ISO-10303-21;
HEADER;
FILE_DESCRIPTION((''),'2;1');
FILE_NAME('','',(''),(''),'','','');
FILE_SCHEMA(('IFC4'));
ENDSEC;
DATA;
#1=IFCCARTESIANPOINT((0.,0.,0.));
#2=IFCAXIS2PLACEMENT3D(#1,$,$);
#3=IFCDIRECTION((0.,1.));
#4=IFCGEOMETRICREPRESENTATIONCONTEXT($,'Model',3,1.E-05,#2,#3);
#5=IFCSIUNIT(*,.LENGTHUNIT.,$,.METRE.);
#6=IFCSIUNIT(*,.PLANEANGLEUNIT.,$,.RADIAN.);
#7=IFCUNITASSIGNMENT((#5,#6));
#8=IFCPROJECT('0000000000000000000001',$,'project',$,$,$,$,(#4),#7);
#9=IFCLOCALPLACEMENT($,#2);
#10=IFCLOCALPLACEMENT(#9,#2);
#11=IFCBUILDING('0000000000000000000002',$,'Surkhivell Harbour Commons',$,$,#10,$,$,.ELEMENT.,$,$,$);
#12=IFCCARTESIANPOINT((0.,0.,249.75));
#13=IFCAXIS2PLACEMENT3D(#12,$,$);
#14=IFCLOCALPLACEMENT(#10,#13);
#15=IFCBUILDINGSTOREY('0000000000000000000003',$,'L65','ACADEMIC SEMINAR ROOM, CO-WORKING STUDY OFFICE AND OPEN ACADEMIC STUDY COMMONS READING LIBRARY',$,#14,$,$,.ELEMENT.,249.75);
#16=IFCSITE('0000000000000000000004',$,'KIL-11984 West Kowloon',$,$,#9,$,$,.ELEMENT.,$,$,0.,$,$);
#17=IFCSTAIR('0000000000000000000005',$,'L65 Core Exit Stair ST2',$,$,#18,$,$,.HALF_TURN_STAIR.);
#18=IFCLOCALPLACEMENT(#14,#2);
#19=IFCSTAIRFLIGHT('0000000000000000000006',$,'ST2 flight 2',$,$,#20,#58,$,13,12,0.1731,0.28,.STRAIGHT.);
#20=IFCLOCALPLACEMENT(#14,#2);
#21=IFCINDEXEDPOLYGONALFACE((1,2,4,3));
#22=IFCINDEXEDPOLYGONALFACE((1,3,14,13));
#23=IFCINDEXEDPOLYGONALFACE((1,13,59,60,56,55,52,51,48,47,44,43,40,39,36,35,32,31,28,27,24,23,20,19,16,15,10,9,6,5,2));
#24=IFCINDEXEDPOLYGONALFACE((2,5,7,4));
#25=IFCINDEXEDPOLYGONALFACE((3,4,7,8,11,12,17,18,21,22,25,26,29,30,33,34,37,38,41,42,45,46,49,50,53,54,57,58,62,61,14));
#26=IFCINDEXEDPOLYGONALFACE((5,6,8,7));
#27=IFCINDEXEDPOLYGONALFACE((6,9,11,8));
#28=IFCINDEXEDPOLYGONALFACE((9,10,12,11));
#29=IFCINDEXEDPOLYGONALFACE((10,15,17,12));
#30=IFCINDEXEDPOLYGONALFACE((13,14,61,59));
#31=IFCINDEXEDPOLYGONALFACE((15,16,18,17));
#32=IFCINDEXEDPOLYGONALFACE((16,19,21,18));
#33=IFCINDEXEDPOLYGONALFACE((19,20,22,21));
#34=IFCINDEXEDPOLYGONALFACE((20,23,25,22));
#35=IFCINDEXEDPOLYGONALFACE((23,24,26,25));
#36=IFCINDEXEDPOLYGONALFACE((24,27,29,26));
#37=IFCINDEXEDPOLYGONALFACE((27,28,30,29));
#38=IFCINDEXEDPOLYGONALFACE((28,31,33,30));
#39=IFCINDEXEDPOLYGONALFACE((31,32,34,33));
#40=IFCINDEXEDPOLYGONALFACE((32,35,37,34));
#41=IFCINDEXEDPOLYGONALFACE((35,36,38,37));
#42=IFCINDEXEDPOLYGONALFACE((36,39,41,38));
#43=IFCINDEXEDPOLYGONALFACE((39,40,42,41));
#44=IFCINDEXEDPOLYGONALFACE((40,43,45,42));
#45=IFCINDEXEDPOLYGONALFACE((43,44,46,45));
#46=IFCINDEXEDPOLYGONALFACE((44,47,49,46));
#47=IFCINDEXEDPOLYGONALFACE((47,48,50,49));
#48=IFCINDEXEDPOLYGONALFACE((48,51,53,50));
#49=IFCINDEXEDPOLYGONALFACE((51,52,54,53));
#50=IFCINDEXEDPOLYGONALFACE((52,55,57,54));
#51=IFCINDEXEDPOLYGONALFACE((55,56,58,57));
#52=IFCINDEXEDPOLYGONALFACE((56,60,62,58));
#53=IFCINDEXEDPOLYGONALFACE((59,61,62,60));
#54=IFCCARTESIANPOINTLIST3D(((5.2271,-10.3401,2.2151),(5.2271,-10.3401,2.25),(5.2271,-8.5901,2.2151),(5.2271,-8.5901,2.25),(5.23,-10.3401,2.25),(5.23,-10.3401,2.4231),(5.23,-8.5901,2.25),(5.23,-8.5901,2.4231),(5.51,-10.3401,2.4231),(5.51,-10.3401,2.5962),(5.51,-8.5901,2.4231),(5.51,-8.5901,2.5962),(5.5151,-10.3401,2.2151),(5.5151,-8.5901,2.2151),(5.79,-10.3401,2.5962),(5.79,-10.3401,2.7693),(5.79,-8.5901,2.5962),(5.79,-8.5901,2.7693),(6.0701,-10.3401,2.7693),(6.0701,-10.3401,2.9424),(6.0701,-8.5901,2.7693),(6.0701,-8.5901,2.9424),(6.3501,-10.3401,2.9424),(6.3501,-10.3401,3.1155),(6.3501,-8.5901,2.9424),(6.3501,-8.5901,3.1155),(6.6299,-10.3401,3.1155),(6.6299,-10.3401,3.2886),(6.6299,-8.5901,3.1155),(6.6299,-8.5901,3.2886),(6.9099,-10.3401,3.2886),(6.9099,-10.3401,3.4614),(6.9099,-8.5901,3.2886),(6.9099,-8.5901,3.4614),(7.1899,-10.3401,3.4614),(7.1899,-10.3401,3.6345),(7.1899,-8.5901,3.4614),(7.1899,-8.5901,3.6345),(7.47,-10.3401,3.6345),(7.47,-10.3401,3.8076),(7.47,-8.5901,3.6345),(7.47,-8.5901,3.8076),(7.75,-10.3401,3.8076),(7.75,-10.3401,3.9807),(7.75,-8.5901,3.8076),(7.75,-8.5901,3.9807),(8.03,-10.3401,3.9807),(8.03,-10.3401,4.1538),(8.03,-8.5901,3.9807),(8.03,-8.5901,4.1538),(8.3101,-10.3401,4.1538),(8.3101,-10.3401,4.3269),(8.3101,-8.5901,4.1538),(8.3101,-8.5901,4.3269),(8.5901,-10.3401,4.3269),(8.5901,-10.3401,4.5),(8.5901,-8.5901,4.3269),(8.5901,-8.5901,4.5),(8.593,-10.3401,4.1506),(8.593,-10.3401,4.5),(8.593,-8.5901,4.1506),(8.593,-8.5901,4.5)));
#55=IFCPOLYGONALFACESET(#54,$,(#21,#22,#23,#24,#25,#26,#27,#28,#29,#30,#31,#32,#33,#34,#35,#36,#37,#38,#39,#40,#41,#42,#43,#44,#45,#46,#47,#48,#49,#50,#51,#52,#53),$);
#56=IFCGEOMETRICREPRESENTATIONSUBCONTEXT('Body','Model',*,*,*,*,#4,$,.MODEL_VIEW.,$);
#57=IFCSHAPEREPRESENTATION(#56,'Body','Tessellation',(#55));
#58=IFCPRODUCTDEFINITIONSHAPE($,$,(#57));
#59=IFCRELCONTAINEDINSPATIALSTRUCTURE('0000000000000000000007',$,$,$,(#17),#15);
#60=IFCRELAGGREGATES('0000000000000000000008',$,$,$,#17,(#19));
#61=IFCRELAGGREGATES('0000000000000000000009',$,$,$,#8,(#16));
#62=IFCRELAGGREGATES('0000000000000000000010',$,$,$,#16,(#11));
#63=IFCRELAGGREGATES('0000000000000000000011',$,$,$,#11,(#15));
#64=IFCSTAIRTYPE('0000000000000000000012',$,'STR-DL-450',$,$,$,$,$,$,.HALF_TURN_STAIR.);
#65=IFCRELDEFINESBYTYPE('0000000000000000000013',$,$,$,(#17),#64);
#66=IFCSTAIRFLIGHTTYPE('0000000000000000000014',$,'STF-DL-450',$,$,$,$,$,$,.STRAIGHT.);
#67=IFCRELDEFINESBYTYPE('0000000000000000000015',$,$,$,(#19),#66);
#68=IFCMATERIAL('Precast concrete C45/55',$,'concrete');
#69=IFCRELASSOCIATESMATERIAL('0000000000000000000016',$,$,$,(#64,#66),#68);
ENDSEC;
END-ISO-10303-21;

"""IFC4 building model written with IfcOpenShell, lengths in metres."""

from ifc_helpers import new_model, si_unit, direction, frame, origin, place, context, subcontext, project, spatial, polyline, outline, extrude, material, type_object, element, aggregate, save


model = new_model("IFC4")

# Units and contexts
model_context = context("Model", 3, precision=1e-05, world=origin(), true_north=direction((0.0, 1.0)))
body_context = subcontext(model_context, "Body", "Model", "MODEL_VIEW")
ifc_project = project(units=[si_unit("LENGTHUNIT", "METRE"), si_unit("PLANEANGLEUNIT", "RADIAN")], contexts=[model_context])

# Site, building, storey
site_placement = place(None, origin())
site = spatial("IfcSite", under=ifc_project, at=site_placement, Name="KIL-11984 West Kowloon", CompositionType="ELEMENT", RefElevation=0.0)
building_placement = place(site_placement, origin())
building = spatial("IfcBuilding", under=site, at=building_placement, Name="Surkhivell Harbour Commons", CompositionType="ELEMENT")
storey_placement = place(building_placement, frame((0.0, 0.0, 249.75)))
storey = spatial("IfcBuildingStorey", under=building, at=storey_placement, Name="L65", Description="ACADEMIC SEMINAR ROOM, CO-WORKING STUDY OFFICE AND OPEN ACADEMIC STUDY COMMONS READING LIBRARY", CompositionType="ELEMENT", Elevation=249.75)

# Stair, stair flight
ifc_material_1 = material(Name="Precast concrete C45/55", Category="concrete")
stair_type = type_object("IfcStairType", Name="STR-DL-450", PredefinedType="HALF_TURN_STAIR", material=ifc_material_1)
stair_placement = place(storey_placement, origin())
stair = element("IfcStair", 1, at=stair_placement, inside=storey, type_object=stair_type, Name="L65 Core Exit Stair ST2", PredefinedType="HALF_TURN_STAIR")
stair_flight_type = type_object("IfcStairFlightType", Name="STF-DL-450", PredefinedType="STRAIGHT", material=ifc_material_1)
stair_flight_1_placement = place(storey_placement, frame((5.23, -9.4651, 2.25), z_axis=(0.0, 0.0, 1.0), x_axis=(1.0, 0.0, 0.0)))
stair_flight_1 = element("IfcStairFlight", 2, at=stair_flight_1_placement, type_object=stair_flight_type, Name="ST2 flight 2", NumberOfRisers=13, NumberOfTreads=12, PredefinedType="STRAIGHT", RiserHeight=0.1731, TreadLength=0.28, context=body_context, shape_type="SweptSolid", body=[
    extrude(outline(polyline([(-0.0029, -0.0349), (-0.0029, 0.0), (0.0, 0.0), (0.0, 0.1731), (0.28, 0.1731), (0.28, 0.3462), (0.5601, 0.3462), (0.5601, 0.5193), (0.8401, 0.5193), (0.8401, 0.6924), (1.1201, 0.6924), (1.1201, 0.8655), (1.3999, 0.8655), (1.3999, 1.0386), (1.6799, 1.0386), (1.6799, 1.2114), (1.96, 1.2114), (1.96, 1.3845), (2.24, 1.3845), (2.24, 1.5576), (2.52, 1.5576), (2.52, 1.7307), (2.8, 1.7307), (2.8, 1.9038), (3.0801, 1.9038), (3.0801, 2.0769), (3.3601, 2.0769), (3.3601, 2.25), (3.363, 2.25), (3.363, 1.9006), (0.2852, -0.0349), (-0.0029, -0.0349)])), frame((0.0, 0.875, 0.0), z_axis=(0.0, -1.0, 0.0), x_axis=(1.0, 0.0, 0.0)), (0.0, 0.0, 1.0), 1.75),
])
aggregate(stair, [stair_flight_1])

save(model, "model.ifc")
